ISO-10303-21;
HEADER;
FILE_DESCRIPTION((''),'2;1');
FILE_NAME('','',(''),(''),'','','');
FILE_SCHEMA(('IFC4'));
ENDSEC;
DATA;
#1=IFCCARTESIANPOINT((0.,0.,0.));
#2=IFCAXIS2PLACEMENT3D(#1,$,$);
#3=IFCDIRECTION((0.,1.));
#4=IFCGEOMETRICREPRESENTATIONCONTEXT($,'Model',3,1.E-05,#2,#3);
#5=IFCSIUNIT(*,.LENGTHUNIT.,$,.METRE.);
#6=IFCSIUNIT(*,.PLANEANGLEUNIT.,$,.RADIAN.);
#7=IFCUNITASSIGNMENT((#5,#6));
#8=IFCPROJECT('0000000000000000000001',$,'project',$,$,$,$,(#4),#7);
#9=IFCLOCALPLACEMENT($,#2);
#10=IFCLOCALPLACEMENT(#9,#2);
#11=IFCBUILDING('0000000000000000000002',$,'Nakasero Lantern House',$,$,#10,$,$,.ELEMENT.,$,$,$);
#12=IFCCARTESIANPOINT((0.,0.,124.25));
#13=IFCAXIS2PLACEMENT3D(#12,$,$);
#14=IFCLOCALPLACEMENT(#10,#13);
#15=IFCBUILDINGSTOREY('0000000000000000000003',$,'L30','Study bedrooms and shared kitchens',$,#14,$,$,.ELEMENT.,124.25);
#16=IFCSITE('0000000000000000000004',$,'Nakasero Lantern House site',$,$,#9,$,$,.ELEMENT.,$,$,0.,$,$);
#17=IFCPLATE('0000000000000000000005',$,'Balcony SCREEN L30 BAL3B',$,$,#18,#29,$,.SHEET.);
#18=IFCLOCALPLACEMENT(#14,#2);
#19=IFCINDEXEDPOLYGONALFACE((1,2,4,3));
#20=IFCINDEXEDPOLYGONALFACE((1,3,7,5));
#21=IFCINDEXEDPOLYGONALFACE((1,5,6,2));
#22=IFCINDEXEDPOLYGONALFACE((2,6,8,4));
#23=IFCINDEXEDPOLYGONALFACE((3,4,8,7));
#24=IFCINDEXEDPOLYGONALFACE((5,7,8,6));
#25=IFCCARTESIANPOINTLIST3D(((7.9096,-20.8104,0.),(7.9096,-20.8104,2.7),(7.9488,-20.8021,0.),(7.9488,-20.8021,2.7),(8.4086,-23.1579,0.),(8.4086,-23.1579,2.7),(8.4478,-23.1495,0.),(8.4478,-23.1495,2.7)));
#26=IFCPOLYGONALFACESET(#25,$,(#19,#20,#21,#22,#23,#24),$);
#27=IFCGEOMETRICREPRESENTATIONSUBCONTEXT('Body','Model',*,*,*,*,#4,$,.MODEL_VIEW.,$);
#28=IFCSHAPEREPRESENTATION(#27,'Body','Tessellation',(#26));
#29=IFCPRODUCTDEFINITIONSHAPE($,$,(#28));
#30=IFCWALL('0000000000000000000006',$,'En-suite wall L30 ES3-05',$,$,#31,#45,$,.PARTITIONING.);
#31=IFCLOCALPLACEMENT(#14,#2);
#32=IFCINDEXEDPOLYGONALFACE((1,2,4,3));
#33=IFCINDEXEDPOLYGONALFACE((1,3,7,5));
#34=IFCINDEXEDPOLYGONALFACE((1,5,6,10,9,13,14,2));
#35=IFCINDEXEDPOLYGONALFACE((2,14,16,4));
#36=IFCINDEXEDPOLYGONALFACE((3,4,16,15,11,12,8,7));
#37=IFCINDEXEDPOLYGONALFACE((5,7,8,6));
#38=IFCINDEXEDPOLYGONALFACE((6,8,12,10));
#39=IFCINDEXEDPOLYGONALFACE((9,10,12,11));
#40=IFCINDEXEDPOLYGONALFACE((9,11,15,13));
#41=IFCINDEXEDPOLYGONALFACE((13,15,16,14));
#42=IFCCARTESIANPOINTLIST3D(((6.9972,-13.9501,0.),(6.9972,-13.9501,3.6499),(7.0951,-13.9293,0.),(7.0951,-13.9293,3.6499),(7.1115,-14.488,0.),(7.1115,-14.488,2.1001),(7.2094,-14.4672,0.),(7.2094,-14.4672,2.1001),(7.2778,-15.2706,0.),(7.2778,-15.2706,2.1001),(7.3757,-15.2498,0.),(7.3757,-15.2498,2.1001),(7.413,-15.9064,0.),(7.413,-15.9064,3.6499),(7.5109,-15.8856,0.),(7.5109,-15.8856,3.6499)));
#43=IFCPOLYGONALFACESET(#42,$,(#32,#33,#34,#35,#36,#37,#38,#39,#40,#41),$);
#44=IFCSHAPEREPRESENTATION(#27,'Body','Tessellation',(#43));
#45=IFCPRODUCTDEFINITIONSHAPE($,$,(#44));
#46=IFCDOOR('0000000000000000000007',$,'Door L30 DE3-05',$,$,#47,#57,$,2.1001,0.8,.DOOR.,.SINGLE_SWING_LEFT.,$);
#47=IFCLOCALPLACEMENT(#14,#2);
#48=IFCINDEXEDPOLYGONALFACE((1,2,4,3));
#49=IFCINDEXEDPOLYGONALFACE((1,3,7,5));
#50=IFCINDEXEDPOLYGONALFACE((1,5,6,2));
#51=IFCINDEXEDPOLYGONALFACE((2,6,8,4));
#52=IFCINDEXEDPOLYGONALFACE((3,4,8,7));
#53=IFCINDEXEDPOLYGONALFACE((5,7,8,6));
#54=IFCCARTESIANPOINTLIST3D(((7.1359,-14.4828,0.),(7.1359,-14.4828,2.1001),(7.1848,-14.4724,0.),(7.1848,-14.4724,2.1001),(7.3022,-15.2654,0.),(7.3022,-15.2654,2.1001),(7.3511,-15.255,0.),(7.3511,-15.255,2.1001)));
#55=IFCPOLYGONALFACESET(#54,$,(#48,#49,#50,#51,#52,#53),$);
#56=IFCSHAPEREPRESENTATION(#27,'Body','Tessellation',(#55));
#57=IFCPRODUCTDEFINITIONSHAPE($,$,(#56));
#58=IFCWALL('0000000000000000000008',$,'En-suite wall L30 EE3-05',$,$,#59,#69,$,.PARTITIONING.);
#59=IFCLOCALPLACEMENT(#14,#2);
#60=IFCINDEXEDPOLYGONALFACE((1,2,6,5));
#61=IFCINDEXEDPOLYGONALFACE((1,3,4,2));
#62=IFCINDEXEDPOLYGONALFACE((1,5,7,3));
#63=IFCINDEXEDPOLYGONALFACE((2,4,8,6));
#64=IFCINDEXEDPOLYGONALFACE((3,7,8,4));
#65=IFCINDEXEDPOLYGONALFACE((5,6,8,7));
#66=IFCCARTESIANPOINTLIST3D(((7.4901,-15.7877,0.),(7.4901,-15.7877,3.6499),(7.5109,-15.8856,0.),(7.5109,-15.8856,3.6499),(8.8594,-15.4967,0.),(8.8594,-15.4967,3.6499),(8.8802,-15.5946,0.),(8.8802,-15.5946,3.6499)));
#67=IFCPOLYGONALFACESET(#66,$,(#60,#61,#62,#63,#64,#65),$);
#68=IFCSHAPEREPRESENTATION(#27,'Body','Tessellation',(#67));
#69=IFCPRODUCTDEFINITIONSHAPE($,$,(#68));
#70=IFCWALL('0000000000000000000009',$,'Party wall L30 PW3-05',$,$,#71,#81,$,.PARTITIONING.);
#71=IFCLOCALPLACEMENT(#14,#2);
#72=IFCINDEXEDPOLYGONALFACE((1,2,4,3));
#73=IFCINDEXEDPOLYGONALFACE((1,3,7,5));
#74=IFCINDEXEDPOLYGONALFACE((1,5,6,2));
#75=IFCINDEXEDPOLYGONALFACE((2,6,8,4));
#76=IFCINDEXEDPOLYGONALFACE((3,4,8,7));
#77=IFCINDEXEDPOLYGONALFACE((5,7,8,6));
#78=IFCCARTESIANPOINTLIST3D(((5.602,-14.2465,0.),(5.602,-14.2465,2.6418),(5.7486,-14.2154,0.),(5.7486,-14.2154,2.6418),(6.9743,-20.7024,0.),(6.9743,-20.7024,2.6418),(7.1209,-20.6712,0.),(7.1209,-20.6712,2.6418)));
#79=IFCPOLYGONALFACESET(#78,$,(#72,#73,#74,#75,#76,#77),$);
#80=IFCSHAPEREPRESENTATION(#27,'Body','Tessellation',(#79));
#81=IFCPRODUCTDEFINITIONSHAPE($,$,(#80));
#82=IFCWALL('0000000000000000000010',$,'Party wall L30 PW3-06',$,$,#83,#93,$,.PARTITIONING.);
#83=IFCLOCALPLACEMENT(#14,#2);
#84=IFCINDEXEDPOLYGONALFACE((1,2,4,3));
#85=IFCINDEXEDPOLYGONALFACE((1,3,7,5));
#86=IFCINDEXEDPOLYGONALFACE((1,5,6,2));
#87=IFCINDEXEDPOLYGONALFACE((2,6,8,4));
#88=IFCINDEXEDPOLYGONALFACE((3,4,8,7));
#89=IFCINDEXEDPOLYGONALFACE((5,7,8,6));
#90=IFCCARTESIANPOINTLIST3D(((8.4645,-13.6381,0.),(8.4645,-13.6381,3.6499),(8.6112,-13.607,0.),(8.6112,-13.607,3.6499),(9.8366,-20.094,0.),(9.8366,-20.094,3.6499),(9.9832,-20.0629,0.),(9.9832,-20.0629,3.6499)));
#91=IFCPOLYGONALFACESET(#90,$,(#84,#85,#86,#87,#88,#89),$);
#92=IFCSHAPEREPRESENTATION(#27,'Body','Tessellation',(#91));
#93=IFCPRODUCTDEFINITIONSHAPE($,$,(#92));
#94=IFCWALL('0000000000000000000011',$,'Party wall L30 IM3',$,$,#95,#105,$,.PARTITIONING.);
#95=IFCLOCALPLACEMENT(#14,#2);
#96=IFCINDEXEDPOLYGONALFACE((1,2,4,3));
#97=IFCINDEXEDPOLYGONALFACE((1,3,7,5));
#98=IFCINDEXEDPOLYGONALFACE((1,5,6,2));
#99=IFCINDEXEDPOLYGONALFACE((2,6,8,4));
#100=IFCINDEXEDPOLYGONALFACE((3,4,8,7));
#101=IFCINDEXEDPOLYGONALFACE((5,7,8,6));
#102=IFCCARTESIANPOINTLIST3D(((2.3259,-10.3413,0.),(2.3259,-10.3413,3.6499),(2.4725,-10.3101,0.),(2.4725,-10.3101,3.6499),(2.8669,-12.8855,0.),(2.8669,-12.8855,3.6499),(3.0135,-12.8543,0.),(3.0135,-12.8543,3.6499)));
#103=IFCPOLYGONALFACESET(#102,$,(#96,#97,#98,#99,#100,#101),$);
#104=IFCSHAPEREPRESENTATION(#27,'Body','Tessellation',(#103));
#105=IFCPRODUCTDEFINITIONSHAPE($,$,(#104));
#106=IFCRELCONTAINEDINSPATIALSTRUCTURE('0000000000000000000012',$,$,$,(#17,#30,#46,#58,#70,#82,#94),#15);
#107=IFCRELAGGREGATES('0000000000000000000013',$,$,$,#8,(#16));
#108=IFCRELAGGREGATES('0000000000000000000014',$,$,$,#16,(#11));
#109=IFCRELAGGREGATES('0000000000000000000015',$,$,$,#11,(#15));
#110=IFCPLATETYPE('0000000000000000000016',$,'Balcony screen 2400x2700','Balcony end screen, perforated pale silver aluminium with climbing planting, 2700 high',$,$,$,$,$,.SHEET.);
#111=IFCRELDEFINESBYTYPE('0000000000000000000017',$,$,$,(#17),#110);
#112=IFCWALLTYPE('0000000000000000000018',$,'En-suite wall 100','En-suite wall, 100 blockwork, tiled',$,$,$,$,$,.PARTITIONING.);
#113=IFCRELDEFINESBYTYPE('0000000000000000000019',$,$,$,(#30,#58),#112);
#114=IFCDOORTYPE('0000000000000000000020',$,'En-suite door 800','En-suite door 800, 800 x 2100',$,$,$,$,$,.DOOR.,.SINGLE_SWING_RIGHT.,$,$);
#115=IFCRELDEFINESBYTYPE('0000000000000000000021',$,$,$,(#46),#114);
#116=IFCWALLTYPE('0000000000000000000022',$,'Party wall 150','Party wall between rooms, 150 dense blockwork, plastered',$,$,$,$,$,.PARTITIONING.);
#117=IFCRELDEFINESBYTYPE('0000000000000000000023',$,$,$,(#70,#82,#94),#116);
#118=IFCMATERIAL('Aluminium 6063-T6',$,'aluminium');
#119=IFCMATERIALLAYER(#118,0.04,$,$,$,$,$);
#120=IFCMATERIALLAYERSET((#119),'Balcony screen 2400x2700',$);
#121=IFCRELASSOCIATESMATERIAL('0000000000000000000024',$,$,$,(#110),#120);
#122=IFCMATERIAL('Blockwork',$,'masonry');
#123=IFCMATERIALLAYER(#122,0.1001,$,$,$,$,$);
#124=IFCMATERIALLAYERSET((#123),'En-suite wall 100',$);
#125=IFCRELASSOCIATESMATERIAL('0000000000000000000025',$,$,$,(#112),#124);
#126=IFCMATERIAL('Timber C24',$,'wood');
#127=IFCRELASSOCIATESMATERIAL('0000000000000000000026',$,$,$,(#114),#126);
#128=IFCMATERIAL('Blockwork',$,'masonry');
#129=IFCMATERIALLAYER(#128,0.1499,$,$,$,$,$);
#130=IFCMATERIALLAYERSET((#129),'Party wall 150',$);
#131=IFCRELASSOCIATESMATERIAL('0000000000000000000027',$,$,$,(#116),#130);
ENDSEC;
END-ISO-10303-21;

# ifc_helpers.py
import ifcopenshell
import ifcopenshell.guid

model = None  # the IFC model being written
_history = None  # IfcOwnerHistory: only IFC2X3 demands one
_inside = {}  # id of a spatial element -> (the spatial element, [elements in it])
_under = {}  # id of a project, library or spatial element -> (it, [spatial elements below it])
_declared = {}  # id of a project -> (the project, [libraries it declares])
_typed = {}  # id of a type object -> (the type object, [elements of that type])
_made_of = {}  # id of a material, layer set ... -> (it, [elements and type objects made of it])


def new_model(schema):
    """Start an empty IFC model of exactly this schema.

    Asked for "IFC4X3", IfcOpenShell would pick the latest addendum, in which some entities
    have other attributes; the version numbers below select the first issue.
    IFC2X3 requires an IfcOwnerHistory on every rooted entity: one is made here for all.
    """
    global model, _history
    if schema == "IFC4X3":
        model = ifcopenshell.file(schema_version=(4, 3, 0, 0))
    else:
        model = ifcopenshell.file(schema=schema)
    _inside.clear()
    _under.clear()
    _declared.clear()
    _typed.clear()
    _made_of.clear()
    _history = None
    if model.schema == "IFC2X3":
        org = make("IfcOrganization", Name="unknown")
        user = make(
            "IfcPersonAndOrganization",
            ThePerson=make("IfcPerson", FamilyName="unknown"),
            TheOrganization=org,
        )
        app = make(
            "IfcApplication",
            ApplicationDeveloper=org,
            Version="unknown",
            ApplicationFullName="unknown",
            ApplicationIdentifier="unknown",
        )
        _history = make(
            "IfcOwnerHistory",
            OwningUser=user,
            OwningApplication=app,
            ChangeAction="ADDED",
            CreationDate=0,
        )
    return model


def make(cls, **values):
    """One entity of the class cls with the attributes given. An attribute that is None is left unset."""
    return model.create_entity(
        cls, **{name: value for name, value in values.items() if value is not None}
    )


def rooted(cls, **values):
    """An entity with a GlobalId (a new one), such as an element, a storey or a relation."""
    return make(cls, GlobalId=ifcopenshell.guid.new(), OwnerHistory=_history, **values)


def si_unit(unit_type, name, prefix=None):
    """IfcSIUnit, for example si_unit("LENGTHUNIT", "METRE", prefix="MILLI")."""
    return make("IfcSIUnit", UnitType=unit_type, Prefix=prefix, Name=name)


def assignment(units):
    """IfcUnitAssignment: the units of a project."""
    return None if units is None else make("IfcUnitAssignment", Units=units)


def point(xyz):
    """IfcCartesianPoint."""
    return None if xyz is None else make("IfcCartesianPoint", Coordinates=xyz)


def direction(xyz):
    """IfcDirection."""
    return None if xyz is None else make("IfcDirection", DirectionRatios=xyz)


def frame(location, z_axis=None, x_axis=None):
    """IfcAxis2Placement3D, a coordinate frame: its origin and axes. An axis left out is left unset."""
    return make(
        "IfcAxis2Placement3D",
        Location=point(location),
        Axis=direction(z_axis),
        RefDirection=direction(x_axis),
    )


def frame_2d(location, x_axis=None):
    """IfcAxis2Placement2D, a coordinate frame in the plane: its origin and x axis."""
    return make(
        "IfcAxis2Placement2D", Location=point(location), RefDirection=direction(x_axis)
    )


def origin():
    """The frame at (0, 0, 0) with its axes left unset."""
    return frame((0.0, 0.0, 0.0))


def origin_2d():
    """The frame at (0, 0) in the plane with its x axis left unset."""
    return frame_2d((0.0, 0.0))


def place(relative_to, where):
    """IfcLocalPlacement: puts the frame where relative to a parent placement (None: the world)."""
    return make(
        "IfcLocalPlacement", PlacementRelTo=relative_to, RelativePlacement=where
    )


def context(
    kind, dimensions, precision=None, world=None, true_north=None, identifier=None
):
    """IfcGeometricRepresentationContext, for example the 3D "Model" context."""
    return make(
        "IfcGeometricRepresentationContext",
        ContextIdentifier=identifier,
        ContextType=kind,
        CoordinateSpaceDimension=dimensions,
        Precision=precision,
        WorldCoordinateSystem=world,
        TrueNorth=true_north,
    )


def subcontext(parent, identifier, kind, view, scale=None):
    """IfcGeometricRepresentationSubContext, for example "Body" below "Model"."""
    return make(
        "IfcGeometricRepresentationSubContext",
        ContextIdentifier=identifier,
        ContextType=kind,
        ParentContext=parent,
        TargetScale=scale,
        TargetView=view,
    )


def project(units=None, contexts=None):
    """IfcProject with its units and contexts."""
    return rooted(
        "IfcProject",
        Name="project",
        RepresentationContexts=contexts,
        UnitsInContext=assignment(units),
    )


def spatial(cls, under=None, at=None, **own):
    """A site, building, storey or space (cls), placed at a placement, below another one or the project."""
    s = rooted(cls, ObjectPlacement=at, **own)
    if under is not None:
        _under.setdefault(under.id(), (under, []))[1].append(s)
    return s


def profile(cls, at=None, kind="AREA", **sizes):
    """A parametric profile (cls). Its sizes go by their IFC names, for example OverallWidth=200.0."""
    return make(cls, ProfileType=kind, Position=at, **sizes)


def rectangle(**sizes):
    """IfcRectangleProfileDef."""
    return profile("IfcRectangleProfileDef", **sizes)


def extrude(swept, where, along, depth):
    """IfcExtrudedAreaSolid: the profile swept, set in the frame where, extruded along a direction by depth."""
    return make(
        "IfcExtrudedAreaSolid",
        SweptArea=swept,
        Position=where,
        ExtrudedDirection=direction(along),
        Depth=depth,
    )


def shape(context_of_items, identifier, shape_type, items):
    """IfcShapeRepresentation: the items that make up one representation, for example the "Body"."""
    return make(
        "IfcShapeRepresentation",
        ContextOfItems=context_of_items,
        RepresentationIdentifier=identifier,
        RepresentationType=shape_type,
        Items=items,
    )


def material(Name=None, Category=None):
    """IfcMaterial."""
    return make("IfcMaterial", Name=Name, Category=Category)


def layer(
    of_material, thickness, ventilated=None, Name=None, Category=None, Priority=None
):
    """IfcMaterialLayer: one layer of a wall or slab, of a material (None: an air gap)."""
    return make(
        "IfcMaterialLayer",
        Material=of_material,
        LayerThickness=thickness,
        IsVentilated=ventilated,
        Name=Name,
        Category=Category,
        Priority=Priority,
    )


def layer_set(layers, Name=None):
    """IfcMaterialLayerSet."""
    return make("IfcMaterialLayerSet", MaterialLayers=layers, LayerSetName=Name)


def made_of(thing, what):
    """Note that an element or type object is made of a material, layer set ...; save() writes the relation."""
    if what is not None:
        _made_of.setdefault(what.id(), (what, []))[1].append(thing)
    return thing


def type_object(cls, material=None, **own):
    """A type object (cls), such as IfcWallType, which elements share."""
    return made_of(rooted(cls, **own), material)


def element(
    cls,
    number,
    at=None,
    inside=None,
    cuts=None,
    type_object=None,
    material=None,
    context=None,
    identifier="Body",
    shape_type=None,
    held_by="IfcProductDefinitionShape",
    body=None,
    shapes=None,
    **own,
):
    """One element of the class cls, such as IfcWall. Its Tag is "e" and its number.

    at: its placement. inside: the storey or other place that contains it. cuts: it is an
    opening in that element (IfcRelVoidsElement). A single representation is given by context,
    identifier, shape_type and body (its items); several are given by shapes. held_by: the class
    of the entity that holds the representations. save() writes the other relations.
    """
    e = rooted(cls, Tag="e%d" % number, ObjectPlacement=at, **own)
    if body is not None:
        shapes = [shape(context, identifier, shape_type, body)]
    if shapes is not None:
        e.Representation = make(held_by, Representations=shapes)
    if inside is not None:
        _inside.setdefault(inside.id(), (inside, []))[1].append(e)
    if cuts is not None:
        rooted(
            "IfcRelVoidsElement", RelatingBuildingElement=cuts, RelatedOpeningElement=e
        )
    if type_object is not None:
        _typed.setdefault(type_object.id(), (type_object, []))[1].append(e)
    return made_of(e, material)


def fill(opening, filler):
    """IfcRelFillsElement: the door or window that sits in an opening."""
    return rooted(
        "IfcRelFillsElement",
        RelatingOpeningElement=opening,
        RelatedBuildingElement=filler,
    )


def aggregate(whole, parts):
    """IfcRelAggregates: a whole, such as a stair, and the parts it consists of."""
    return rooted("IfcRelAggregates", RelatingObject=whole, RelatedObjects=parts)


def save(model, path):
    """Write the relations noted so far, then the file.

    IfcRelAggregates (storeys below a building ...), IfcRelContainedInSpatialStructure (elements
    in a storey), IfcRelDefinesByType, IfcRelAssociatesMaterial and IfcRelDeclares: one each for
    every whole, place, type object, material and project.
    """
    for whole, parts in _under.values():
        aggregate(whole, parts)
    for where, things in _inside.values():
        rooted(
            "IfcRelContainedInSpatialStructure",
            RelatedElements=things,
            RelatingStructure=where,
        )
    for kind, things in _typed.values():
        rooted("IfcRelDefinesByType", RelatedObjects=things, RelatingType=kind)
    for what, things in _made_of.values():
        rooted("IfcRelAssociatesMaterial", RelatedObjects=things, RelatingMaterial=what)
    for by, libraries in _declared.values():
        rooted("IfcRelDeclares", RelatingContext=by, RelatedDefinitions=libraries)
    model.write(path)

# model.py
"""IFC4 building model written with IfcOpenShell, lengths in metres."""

from ifc_helpers import new_model, si_unit, direction, frame, frame_2d, origin, origin_2d, place, context, subcontext, project, spatial, rectangle, extrude, material, layer, layer_set, type_object, element, fill, save


model = new_model("IFC4")

# Units and contexts
model_context = context("Model", 3, precision=1e-05, world=origin(), true_north=direction((0.0, 1.0)))
body_context = subcontext(model_context, "Body", "Model", "MODEL_VIEW")
ifc_project = project(units=[si_unit("LENGTHUNIT", "METRE"), si_unit("PLANEANGLEUNIT", "RADIAN")], contexts=[model_context])

# Site, building, storey
site_placement = place(None, origin())
site = spatial("IfcSite", under=ifc_project, at=site_placement, Name="Nakasero Lantern House site", CompositionType="ELEMENT", RefElevation=0.0)
building_placement = place(site_placement, origin())
building = spatial("IfcBuilding", under=site, at=building_placement, Name="Nakasero Lantern House", CompositionType="ELEMENT")
storey_placement = place(building_placement, frame((0.0, 0.0, 124.25)))
storey = spatial("IfcBuildingStorey", under=building, at=storey_placement, Name="L30", Description="Study bedrooms and shared kitchens", CompositionType="ELEMENT", Elevation=124.25)

# Plate
ifc_material_1 = material(Name="Aluminium 6063-T6", Category="aluminium")
ifc_layer_1 = layer(ifc_material_1, 0.04)
ifc_layer_set_1 = layer_set([ifc_layer_1], Name="Balcony screen 2400x2700")
plate_type_1 = type_object("IfcPlateType", Name="Balcony screen 2400x2700", Description="Balcony end screen, perforated pale silver aluminium with climbing planting, 2700 high", PredefinedType="SHEET", material=ifc_layer_set_1)
for number, where, z_axis, x_axis, name in (
    (1, (8.1787, -21.98, 0.0), (0.0, 0.0, 1.0), (0.207912, -0.978148, 0.0), "Balcony SCREEN L30 BAL3B"),
):
    element("IfcPlate", number, at=place(storey_placement, frame(where, z_axis=z_axis, x_axis=x_axis)), inside=storey, type_object=plate_type_1, Name=name, PredefinedType="SHEET", context=body_context, shape_type="SweptSolid", body=[
        extrude(rectangle(XDim=2.3999, YDim=0.04, at=origin_2d()), origin(), (0.0, 0.0, 1.0), 2.7),
    ])

# Wall, opening, door
ifc_material_2 = material(Name="Blockwork", Category="masonry")
ifc_layer_2 = layer(ifc_material_2, 0.1001)
ifc_layer_set_2 = layer_set([ifc_layer_2], Name="En-suite wall 100")
wall_type_1 = type_object("IfcWallType", Name="En-suite wall 100", Description="En-suite wall, 100 blockwork, tiled", PredefinedType="PARTITIONING", material=ifc_layer_set_2)
wall_1_placement = place(storey_placement, frame((7.0461, -13.9397, 0.0), z_axis=(0.0, 0.0, 1.0), x_axis=(0.207886, -0.978153, 0.0)))
wall_1 = element("IfcWall", 2, at=wall_1_placement, inside=storey, type_object=wall_type_1, Name="En-suite wall L30 ES3-05", PredefinedType="PARTITIONING", context=body_context, shape_type="SweptSolid", body=[
    extrude(rectangle(XDim=2.0, YDim=0.1001, at=frame_2d((1.0, 0.0))), origin(), (0.0, 0.0, 1.0), 3.6499),
])
opening_placement = place(wall_1_placement, frame((0.55, 0.0, 0.0)))
opening = element("IfcOpeningElement", 3, at=opening_placement, cuts=wall_1, PredefinedType="OPENING", context=body_context, shape_type="SweptSolid", body=[
    extrude(rectangle(XDim=0.8, YDim=2.1001, at=frame_2d((0.3999, 1.05))), frame((0.0, 0.0701, 0.0), z_axis=(0.0, -1.0, 0.0), x_axis=(1.0, 0.0, 0.0)), (0.0, 0.0, 1.0), 0.1401),
])
ifc_material_3 = material(Name="Timber C24", Category="wood")
door_type = type_object("IfcDoorType", Name="En-suite door 800", Description="En-suite door 800, 800 x 2100", OperationType="SINGLE_SWING_RIGHT", PredefinedType="DOOR", material=ifc_material_3)
door_placement = place(opening_placement, origin())
door = element("IfcDoor", 4, at=door_placement, inside=storey, type_object=door_type, Name="Door L30 DE3-05", OperationType="SINGLE_SWING_LEFT", OverallHeight=2.1001, OverallWidth=0.8, PredefinedType="DOOR", context=body_context, shape_type="SweptSolid", body=[
    extrude(rectangle(XDim=0.8, YDim=2.1001, at=frame_2d((0.3999, 1.05))), frame((0.0, 0.0249, 0.0), z_axis=(0.0, -1.0, 0.0), x_axis=(1.0, 0.0, 0.0)), (0.0, 0.0, 1.0), 0.05),
])
fill(opening, door)

# Walls
wall_2_placement = place(storey_placement, frame((7.5005, -15.8367, 0.0), z_axis=(0.0, 0.0, 1.0), x_axis=(0.978156, 0.207873, 0.0)))
element("IfcWall", 5, at=wall_2_placement, inside=storey, type_object=wall_type_1, Name="En-suite wall L30 EE3-05", PredefinedType="PARTITIONING", context=body_context, shape_type="SweptSolid", body=[
    extrude(rectangle(XDim=1.3999, YDim=0.1001, at=frame_2d((0.7, 0.0))), origin(), (0.0, 0.0, 1.0), 3.6499),
])
ifc_material_4 = material(Name="Blockwork", Category="masonry")
ifc_layer_3 = layer(ifc_material_4, 0.1499)
ifc_layer_set_3 = layer_set([ifc_layer_3], Name="Party wall 150")
wall_type_2 = type_object("IfcWallType", Name="Party wall 150", Description="Party wall between rooms, 150 dense blockwork, plastered", PredefinedType="PARTITIONING", material=ifc_layer_set_3)
wall_3_placement = place(storey_placement, frame((5.6753, -14.231, 0.0), z_axis=(0.0, 0.0, 1.0), x_axis=(0.207925, -0.978145, 0.0)))
element("IfcWall", 6, at=wall_3_placement, inside=storey, type_object=wall_type_2, Name="Party wall L30 PW3-05", PredefinedType="PARTITIONING", context=body_context, shape_type="SweptSolid", body=[
    extrude(rectangle(XDim=6.6001, YDim=0.1499, at=frame_2d((3.3, 0.0))), origin(), (0.0, 0.0, 1.0), 2.6418),
])
wall_4_placement = place(storey_placement, frame((8.5378, -13.6226, 0.0), z_axis=(0.0, 0.0, 1.0), x_axis=(0.207889, -0.978152, 0.0)))
element("IfcWall", 7, at=wall_4_placement, inside=storey, type_object=wall_type_2, Name="Party wall L30 PW3-06", PredefinedType="PARTITIONING", context=body_context, shape_type="SweptSolid", body=[
    extrude(rectangle(XDim=6.6001, YDim=0.1499, at=frame_2d((3.3, 0.0))), origin(), (0.0, 0.0, 1.0), 3.6499),
])
wall_5_placement = place(storey_placement, frame((2.9402, -12.8699, 0.0), z_axis=(0.0, 0.0, 1.0), x_axis=(-0.207997, 0.978129, 0.0)))
element("IfcWall", 8, at=wall_5_placement, inside=storey, type_object=wall_type_2, Name="Party wall L30 IM3", PredefinedType="PARTITIONING", context=body_context, shape_type="SweptSolid", body=[
    extrude(rectangle(XDim=2.6011, YDim=0.1499, at=frame_2d((1.3005, 0.0))), origin(), (0.0, 0.0, 1.0), 3.6499),
])

save(model, "model.ifc")
